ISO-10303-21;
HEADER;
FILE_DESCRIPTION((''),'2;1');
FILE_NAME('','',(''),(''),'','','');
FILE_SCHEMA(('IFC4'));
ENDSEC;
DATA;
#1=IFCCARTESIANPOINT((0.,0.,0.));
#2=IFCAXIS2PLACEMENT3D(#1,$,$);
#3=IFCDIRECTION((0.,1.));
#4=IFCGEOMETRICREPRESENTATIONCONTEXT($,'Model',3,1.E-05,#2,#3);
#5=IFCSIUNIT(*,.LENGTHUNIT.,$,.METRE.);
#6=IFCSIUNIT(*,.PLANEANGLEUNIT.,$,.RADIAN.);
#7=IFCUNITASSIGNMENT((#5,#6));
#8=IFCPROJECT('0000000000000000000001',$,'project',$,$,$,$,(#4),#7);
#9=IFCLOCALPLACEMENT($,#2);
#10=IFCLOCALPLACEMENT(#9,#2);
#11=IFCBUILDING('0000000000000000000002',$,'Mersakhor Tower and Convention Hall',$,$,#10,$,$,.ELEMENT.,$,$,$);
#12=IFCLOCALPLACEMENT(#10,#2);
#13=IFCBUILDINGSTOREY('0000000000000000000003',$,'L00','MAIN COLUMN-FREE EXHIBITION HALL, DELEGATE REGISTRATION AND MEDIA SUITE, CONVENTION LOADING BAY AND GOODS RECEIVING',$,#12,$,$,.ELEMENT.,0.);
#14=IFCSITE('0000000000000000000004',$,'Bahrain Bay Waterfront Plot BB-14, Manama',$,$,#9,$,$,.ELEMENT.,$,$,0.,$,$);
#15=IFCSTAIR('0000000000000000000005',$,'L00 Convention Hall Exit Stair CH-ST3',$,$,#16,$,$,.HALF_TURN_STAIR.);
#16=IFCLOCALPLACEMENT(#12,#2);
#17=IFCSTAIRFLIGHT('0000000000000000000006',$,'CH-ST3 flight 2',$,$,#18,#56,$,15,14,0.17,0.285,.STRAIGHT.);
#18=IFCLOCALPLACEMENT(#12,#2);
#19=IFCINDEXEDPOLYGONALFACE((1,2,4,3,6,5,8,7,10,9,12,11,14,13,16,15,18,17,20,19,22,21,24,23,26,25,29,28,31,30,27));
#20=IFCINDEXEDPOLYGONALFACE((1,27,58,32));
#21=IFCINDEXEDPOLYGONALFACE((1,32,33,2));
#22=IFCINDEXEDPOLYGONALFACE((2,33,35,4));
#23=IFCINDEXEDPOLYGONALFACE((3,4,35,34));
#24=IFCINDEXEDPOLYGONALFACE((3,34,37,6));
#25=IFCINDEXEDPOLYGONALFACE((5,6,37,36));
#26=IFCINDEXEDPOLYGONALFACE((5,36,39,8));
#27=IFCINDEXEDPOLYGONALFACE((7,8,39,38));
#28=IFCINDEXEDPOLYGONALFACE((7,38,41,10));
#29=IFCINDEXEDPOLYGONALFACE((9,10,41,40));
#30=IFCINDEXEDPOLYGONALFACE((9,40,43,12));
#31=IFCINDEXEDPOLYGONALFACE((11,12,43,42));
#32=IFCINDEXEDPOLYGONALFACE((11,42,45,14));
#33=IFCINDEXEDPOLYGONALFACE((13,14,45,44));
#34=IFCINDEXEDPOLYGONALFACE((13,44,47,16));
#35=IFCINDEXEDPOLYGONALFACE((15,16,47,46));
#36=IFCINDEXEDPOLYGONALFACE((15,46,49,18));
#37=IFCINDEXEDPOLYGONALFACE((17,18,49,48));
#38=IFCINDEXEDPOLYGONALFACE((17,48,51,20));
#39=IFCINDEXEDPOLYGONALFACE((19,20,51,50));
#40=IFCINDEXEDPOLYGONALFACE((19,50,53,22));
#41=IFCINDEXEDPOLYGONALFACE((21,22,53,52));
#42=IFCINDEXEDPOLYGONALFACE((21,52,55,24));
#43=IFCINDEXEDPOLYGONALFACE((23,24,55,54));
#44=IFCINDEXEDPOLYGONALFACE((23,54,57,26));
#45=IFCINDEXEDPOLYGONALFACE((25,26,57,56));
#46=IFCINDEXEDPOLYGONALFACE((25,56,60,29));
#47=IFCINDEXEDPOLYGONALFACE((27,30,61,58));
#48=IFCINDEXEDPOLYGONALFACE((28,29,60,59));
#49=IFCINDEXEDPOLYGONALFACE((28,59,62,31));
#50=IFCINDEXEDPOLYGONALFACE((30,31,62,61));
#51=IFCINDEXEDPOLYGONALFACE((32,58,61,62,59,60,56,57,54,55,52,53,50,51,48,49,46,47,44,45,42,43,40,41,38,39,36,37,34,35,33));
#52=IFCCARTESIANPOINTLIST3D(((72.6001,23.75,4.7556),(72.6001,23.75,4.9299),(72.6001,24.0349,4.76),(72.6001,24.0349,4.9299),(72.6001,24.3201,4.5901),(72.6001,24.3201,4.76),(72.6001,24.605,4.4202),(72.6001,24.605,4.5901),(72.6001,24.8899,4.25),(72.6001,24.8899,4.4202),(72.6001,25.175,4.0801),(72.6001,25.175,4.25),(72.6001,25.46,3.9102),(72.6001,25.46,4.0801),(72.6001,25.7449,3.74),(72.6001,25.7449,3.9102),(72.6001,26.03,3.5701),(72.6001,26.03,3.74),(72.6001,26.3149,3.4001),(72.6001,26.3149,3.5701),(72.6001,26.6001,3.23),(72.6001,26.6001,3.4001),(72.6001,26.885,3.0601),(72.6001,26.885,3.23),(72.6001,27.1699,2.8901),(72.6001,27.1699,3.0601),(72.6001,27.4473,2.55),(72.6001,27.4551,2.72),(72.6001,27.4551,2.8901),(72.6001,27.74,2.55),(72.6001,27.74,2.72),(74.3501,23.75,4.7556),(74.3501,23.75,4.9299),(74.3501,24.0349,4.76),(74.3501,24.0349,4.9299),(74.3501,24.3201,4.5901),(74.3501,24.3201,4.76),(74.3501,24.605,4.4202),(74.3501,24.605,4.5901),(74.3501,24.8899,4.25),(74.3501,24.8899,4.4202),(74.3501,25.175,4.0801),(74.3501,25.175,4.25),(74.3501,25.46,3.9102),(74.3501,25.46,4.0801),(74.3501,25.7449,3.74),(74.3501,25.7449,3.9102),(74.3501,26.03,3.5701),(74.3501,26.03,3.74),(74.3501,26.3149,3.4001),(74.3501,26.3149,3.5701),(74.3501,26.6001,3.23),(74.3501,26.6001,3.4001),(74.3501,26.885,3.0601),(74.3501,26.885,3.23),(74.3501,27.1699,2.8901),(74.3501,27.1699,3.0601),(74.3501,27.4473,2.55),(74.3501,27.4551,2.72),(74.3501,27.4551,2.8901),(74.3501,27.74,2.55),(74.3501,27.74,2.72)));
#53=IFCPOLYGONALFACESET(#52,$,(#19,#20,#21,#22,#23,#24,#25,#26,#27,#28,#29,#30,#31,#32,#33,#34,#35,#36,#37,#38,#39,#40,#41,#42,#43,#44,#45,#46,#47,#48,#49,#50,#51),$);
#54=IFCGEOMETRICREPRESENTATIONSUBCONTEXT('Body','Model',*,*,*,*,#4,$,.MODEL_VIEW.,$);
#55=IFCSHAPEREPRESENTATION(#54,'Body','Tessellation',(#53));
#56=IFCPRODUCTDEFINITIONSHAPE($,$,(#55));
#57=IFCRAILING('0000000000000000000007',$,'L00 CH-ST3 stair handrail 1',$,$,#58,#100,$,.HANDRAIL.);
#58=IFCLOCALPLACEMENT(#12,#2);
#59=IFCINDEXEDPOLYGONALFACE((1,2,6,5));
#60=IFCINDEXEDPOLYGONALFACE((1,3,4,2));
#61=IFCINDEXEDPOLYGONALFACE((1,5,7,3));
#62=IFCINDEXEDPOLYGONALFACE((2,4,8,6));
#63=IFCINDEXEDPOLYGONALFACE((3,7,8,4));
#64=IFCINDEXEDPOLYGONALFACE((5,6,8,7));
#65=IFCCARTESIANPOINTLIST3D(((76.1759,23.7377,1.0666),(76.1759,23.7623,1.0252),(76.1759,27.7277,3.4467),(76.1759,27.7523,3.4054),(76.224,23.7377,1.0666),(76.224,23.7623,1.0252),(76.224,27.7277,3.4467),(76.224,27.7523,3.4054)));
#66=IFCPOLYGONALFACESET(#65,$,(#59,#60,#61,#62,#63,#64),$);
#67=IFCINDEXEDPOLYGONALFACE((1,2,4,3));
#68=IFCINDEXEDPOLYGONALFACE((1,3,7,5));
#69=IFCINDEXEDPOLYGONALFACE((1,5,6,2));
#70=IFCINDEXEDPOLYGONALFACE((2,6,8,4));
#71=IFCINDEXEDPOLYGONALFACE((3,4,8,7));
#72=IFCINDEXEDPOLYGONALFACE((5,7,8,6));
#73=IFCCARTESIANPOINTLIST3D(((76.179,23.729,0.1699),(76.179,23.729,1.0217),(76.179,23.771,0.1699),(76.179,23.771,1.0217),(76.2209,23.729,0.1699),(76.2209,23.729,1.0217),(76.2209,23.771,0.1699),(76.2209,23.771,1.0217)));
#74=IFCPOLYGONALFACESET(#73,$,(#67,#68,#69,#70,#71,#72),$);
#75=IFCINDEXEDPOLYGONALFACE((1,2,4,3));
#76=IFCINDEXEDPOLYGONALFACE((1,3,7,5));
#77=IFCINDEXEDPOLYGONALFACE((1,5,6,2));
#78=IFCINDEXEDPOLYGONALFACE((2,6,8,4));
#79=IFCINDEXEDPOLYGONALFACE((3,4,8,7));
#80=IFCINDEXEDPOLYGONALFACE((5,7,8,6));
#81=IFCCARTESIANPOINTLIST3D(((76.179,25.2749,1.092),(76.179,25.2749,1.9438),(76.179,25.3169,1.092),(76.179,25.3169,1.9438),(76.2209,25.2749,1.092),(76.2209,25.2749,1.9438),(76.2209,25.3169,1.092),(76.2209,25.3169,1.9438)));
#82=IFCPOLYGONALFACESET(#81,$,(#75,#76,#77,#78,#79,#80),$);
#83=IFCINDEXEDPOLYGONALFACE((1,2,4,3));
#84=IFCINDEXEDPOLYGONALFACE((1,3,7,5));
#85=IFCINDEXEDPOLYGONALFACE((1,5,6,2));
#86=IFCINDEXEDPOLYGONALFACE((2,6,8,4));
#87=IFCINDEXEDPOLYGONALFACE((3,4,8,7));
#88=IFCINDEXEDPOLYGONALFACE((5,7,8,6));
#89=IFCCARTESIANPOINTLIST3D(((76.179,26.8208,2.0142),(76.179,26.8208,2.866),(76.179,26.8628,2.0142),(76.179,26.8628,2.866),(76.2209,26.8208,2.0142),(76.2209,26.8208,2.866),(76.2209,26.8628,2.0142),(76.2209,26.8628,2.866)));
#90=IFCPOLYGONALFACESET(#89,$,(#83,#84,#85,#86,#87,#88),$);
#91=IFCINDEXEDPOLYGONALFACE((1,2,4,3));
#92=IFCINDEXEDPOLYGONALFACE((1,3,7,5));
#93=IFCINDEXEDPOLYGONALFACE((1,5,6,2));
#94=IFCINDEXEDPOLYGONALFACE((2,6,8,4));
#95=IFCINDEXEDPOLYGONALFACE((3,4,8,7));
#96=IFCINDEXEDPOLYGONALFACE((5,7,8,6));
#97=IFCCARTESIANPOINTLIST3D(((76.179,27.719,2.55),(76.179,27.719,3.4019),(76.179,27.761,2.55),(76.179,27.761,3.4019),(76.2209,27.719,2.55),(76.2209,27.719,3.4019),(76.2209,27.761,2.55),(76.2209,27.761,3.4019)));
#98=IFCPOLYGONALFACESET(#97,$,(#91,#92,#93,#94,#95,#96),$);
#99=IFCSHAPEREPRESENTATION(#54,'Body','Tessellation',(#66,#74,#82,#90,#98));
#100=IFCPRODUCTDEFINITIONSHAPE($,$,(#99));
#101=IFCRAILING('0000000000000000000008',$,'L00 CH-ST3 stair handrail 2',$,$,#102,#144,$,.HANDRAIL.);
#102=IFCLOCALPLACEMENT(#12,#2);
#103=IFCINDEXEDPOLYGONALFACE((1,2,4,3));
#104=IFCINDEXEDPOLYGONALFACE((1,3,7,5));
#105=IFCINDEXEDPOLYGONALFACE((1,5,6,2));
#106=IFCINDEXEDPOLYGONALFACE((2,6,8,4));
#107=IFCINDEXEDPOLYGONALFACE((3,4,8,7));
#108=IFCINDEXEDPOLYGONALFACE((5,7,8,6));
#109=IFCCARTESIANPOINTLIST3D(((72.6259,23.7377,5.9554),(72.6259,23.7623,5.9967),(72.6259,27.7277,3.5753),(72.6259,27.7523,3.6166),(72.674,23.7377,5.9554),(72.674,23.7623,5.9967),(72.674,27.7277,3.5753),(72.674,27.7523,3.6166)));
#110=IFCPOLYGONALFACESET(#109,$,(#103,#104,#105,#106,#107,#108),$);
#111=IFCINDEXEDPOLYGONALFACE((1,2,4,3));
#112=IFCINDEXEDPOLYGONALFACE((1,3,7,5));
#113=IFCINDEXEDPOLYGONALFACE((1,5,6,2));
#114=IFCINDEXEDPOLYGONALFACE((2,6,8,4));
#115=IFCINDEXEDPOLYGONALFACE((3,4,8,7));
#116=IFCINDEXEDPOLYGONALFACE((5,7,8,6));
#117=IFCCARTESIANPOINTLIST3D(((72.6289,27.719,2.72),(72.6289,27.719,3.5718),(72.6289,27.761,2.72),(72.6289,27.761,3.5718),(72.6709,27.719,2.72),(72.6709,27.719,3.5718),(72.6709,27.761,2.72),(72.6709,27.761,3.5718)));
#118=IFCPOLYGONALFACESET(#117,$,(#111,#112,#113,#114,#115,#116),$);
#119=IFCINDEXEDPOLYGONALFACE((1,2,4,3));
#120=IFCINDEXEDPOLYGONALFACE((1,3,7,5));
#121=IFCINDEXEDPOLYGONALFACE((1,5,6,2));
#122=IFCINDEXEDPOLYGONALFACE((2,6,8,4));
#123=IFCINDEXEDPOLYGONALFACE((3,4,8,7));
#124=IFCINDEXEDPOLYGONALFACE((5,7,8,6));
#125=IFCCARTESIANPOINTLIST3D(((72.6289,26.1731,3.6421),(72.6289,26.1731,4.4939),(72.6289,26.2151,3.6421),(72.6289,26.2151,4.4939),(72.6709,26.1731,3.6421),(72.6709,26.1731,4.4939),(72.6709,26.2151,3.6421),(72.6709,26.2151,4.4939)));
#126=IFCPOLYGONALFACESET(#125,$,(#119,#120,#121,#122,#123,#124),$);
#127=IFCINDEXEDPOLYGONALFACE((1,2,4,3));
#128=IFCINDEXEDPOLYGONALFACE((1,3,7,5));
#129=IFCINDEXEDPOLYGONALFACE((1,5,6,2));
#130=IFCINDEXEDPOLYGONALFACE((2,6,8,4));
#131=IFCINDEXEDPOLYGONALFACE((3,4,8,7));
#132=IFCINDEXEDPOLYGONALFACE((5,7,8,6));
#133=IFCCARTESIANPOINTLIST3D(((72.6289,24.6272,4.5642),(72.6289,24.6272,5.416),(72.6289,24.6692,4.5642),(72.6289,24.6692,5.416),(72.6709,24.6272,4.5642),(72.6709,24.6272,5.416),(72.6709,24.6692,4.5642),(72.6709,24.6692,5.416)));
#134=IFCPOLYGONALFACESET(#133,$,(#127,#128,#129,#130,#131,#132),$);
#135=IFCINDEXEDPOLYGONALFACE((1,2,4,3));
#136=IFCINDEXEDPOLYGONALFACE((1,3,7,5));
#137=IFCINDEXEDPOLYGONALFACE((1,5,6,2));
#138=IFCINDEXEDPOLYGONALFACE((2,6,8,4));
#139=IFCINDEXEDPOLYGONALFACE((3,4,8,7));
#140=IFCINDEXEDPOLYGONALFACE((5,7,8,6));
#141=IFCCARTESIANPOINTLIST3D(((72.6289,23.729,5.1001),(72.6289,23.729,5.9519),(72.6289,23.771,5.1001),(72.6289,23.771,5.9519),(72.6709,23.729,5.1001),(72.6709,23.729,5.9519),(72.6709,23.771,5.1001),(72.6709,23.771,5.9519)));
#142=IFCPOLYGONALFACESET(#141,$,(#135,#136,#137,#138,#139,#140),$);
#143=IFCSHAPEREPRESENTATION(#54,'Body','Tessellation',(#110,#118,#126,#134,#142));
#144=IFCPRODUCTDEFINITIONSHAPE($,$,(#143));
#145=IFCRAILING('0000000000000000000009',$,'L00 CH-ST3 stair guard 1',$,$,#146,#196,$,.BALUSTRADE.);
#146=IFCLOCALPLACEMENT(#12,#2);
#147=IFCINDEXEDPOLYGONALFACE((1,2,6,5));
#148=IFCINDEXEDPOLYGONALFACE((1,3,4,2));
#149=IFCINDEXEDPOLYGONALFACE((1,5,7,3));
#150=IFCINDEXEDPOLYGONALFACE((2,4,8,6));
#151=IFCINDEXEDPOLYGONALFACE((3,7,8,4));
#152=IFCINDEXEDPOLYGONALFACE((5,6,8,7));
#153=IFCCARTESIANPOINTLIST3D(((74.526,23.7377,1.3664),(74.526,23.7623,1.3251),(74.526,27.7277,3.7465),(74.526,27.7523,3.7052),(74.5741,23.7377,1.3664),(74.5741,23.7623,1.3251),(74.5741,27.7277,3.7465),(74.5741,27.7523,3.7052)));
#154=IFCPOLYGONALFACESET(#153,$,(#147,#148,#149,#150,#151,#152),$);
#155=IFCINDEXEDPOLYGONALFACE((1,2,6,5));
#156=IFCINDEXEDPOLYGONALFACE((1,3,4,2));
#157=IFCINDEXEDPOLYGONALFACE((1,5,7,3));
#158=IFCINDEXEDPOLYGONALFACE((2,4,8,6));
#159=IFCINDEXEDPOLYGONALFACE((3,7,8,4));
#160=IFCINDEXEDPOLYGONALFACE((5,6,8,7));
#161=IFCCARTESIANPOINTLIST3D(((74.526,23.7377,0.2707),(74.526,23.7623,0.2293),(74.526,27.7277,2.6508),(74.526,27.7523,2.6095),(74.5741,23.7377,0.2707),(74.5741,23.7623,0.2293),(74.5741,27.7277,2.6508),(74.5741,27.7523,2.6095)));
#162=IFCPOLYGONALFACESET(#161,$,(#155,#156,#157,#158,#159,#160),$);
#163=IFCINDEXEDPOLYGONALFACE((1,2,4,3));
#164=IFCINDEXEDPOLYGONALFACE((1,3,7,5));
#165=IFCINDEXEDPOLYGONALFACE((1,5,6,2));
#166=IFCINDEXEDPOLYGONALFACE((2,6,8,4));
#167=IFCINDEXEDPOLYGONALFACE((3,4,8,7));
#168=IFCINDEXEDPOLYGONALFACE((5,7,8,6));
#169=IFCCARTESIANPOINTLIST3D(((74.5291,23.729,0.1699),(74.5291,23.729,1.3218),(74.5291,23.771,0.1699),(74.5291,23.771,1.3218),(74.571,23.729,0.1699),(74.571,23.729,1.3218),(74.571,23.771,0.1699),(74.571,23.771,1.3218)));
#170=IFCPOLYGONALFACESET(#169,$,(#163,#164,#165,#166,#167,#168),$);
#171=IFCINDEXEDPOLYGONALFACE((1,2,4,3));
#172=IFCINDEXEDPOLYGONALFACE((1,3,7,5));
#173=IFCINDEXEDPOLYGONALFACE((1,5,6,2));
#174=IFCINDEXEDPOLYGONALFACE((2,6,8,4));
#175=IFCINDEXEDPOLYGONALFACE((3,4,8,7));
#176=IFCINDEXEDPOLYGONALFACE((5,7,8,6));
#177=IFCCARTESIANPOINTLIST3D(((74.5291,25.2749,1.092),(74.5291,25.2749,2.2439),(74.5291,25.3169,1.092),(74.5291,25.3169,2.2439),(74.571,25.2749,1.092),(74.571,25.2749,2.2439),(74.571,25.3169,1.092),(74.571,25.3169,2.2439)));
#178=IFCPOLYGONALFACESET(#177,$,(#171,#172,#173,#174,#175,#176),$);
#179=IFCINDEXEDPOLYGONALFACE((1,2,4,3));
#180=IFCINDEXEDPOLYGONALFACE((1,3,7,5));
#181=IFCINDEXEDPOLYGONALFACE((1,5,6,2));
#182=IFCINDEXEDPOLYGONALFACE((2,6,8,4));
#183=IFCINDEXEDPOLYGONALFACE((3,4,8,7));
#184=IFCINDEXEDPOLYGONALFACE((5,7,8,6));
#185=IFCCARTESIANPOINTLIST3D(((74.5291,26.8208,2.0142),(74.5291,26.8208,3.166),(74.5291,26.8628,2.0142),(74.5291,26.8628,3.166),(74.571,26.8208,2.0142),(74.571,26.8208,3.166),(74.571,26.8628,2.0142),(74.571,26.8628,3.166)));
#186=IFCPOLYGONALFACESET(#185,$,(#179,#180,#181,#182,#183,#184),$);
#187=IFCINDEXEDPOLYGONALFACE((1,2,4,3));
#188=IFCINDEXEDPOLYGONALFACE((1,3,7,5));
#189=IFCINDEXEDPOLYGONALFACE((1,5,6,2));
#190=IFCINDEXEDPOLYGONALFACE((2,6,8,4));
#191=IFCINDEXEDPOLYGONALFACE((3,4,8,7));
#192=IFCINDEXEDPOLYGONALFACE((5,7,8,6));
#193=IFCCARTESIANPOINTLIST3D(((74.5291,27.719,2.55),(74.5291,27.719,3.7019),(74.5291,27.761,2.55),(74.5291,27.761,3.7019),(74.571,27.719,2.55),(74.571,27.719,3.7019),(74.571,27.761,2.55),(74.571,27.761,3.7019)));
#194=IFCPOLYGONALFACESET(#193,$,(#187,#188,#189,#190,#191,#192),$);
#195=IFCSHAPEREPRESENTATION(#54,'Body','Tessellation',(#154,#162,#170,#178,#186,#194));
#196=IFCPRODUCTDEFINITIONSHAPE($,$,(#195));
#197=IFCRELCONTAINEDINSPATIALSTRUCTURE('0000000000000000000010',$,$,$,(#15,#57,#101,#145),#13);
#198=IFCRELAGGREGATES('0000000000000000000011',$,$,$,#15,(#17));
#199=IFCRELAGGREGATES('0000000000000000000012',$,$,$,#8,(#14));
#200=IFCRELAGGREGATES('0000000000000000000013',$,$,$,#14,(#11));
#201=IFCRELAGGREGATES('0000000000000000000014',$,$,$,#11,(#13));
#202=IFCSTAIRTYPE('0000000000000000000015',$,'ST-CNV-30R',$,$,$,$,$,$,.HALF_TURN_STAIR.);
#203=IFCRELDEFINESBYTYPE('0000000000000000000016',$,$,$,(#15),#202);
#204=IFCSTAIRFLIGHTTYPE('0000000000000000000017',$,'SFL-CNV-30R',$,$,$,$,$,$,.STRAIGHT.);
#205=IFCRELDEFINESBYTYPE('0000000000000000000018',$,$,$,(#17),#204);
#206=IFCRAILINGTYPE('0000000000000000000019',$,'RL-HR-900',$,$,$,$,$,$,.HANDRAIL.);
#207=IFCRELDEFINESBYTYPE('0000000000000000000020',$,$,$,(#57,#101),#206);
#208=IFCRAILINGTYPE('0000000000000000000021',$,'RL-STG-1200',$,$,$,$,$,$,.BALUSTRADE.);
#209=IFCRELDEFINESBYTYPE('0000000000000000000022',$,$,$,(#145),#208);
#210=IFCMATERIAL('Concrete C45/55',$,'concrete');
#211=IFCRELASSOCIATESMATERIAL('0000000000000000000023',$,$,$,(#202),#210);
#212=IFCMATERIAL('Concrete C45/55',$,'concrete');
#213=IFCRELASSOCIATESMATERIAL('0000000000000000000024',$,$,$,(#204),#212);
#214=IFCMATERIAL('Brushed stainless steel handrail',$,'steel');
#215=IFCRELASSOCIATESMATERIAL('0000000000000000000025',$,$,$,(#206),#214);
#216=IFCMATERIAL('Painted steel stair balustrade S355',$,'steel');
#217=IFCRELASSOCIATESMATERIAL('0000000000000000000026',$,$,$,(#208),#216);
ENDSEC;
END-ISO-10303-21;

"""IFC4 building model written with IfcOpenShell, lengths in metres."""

from ifc_helpers import new_model, si_unit, direction, frame, origin, origin_2d, place, context, subcontext, project, spatial, polyline, rectangle, outline, extrude, material, type_object, element, aggregate, save


model = new_model("IFC4")

# Units and contexts
model_context = context("Model", 3, precision=1e-05, world=origin(), true_north=direction((0.0, 1.0)))
body_context = subcontext(model_context, "Body", "Model", "MODEL_VIEW")
ifc_project = project(units=[si_unit("LENGTHUNIT", "METRE"), si_unit("PLANEANGLEUNIT", "RADIAN")], contexts=[model_context])

# Site, building, storey
site_placement = place(None, origin())
site = spatial("IfcSite", under=ifc_project, at=site_placement, Name="Bahrain Bay Waterfront Plot BB-14, Manama", CompositionType="ELEMENT", RefElevation=0.0)
building_placement = place(site_placement, origin())
building = spatial("IfcBuilding", under=site, at=building_placement, Name="Mersakhor Tower and Convention Hall", CompositionType="ELEMENT")
storey_placement = place(building_placement, origin())
storey = spatial("IfcBuildingStorey", under=building, at=storey_placement, Name="L00", Description="MAIN COLUMN-FREE EXHIBITION HALL, DELEGATE REGISTRATION AND MEDIA SUITE, CONVENTION LOADING BAY AND GOODS RECEIVING", CompositionType="ELEMENT", Elevation=0.0)

# Stair, stair flight
ifc_material_1 = material(Name="Concrete C45/55", Category="concrete")
stair_type = type_object("IfcStairType", Name="ST-CNV-30R", PredefinedType="HALF_TURN_STAIR", material=ifc_material_1)
stair_placement = place(storey_placement, origin())
stair = element("IfcStair", 1, at=stair_placement, inside=storey, type_object=stair_type, Name="L00 Convention Hall Exit Stair CH-ST3", PredefinedType="HALF_TURN_STAIR")
ifc_material_2 = material(Name="Concrete C45/55", Category="concrete")
stair_flight_type = type_object("IfcStairFlightType", Name="SFL-CNV-30R", PredefinedType="STRAIGHT", material=ifc_material_2)
stair_flight_1_placement = place(storey_placement, frame((73.4751, 27.74, 2.55), z_axis=(0.0, 0.0, 1.0), x_axis=(0.0, -1.0, 0.0)))
stair_flight_1 = element("IfcStairFlight", 2, at=stair_flight_1_placement, type_object=stair_flight_type, Name="CH-ST3 flight 2", NumberOfRisers=15, NumberOfTreads=14, PredefinedType="STRAIGHT", RiserHeight=0.17, TreadLength=0.285, context=body_context, shape_type="SweptSolid", body=[
    extrude(outline(polyline([(0.0, 0.0), (0.0, 0.1699), (0.2849, 0.1699), (0.2849, 0.3401), (0.5701, 0.3401), (0.5701, 0.51), (0.855, 0.51), (0.855, 0.6799), (1.1399, 0.6799), (1.1399, 0.8501), (1.425, 0.8501), (1.425, 1.02), (1.71, 1.02), (1.71, 1.1899), (1.9951, 1.1899), (1.9951, 1.3601), (2.28, 1.3601), (2.28, 1.53), (2.5649, 1.53), (2.5649, 1.7), (2.8501, 1.7), (2.8501, 1.8701), (3.135, 1.8701), (3.135, 2.04), (3.4199, 2.04), (3.4199, 2.21), (3.7051, 2.21), (3.7051, 2.3799), (3.99, 2.3799), (3.99, 2.55), (3.99, 2.2056), (0.2927, 0.0), (0.0, 0.0)])), frame((0.0, 0.875, 0.0), z_axis=(0.0, -1.0, 0.0), x_axis=(1.0, 0.0, 0.0)), (0.0, 0.0, 1.0), 1.75),
])
aggregate(stair, [stair_flight_1])

# Railings
ifc_material_3 = material(Name="Brushed stainless steel handrail", Category="steel")
railing_type_1 = type_object("IfcRailingType", Name="RL-HR-900", PredefinedType="HANDRAIL", material=ifc_material_3)
railing_1_placement = place(storey_placement, frame((76.2, 23.75, 0.1699)))
element("IfcRailing", 3, at=railing_1_placement, inside=storey, type_object=railing_type_1, Name="L00 CH-ST3 stair handrail 1", PredefinedType="HANDRAIL", context=body_context, shape_type="SweptSolid", body=[
    extrude(rectangle(XDim=0.0481, YDim=0.0481, at=origin_2d()), frame((0.0, 0.0, 0.876), z_axis=(0.0, 0.858807, 0.512299), x_axis=(-1.0, 0.0, 0.0)), (0.0, 0.0, 1.0), 4.646),
    extrude(rectangle(XDim=0.042, YDim=0.042, at=origin_2d()), origin(), (0.0, 0.0, 1.0), 0.8518),
    extrude(rectangle(XDim=0.042, YDim=0.042, at=origin_2d()), frame((0.0, 1.5459, 0.9221)), (0.0, 0.0, 1.0), 0.8518),
    extrude(rectangle(XDim=0.042, YDim=0.042, at=origin_2d()), frame((0.0, 3.0918, 1.8442)), (0.0, 0.0, 1.0), 0.8518),
    extrude(rectangle(XDim=0.042, YDim=0.042, at=origin_2d()), frame((0.0, 3.99, 2.3801)), (0.0, 0.0, 1.0), 0.8518),
])
railing_2_placement = place(storey_placement, frame((72.6499, 27.74, 2.72)))
element("IfcRailing", 4, at=railing_2_placement, inside=storey, type_object=railing_type_1, Name="L00 CH-ST3 stair handrail 2", PredefinedType="HANDRAIL", context=body_context, shape_type="SweptSolid", body=[
    extrude(rectangle(XDim=0.0481, YDim=0.0481, at=origin_2d()), frame((0.0, 0.0, 0.876), z_axis=(0.0, -0.858807, 0.512299), x_axis=(1.0, 0.0, 0.0)), (0.0, 0.0, 1.0), 4.646),
    extrude(rectangle(XDim=0.042, YDim=0.042, at=origin_2d()), origin(), (0.0, 0.0, 1.0), 0.8518),
    extrude(rectangle(XDim=0.042, YDim=0.042, at=origin_2d()), frame((0.0, -1.5459, 0.9221)), (0.0, 0.0, 1.0), 0.8518),
    extrude(rectangle(XDim=0.042, YDim=0.042, at=origin_2d()), frame((0.0, -3.0918, 1.8442)), (0.0, 0.0, 1.0), 0.8518),
    extrude(rectangle(XDim=0.042, YDim=0.042, at=origin_2d()), frame((0.0, -3.99, 2.3801)), (0.0, 0.0, 1.0), 0.8518),
])
ifc_material_4 = material(Name="Painted steel stair balustrade S355", Category="steel")
railing_type_2 = type_object("IfcRailingType", Name="RL-STG-1200", PredefinedType="BALUSTRADE", material=ifc_material_4)
railing_3_placement = place(storey_placement, frame((74.55, 23.75, 0.1699)))
element("IfcRailing", 5, at=railing_3_placement, inside=storey, type_object=railing_type_2, Name="L00 CH-ST3 stair guard 1", PredefinedType="BALUSTRADE", context=body_context, shape_type="SweptSolid", body=[
    extrude(rectangle(XDim=0.0481, YDim=0.0481, at=origin_2d()), frame((0.0, 0.0, 1.1758), z_axis=(0.0, 0.858807, 0.512299), x_axis=(-1.0, 0.0, 0.0)), (0.0, 0.0, 1.0), 4.646),
    extrude(rectangle(XDim=0.0481, YDim=0.0481, at=origin_2d()), frame((0.0, 0.0, 0.0801), z_axis=(0.0, 0.858807, 0.512299), x_axis=(-1.0, 0.0, 0.0)), (0.0, 0.0, 1.0), 4.646),
    extrude(rectangle(XDim=0.042, YDim=0.042, at=origin_2d()), origin(), (0.0, 0.0, 1.0), 1.1519),
    extrude(rectangle(XDim=0.042, YDim=0.042, at=origin_2d()), frame((0.0, 1.5459, 0.9221)), (0.0, 0.0, 1.0), 1.1519),
    extrude(rectangle(XDim=0.042, YDim=0.042, at=origin_2d()), frame((0.0, 3.0918, 1.8442)), (0.0, 0.0, 1.0), 1.1519),
    extrude(rectangle(XDim=0.042, YDim=0.042, at=origin_2d()), frame((0.0, 3.99, 2.3801)), (0.0, 0.0, 1.0), 1.1519),
])

save(model, "model.ifc")
